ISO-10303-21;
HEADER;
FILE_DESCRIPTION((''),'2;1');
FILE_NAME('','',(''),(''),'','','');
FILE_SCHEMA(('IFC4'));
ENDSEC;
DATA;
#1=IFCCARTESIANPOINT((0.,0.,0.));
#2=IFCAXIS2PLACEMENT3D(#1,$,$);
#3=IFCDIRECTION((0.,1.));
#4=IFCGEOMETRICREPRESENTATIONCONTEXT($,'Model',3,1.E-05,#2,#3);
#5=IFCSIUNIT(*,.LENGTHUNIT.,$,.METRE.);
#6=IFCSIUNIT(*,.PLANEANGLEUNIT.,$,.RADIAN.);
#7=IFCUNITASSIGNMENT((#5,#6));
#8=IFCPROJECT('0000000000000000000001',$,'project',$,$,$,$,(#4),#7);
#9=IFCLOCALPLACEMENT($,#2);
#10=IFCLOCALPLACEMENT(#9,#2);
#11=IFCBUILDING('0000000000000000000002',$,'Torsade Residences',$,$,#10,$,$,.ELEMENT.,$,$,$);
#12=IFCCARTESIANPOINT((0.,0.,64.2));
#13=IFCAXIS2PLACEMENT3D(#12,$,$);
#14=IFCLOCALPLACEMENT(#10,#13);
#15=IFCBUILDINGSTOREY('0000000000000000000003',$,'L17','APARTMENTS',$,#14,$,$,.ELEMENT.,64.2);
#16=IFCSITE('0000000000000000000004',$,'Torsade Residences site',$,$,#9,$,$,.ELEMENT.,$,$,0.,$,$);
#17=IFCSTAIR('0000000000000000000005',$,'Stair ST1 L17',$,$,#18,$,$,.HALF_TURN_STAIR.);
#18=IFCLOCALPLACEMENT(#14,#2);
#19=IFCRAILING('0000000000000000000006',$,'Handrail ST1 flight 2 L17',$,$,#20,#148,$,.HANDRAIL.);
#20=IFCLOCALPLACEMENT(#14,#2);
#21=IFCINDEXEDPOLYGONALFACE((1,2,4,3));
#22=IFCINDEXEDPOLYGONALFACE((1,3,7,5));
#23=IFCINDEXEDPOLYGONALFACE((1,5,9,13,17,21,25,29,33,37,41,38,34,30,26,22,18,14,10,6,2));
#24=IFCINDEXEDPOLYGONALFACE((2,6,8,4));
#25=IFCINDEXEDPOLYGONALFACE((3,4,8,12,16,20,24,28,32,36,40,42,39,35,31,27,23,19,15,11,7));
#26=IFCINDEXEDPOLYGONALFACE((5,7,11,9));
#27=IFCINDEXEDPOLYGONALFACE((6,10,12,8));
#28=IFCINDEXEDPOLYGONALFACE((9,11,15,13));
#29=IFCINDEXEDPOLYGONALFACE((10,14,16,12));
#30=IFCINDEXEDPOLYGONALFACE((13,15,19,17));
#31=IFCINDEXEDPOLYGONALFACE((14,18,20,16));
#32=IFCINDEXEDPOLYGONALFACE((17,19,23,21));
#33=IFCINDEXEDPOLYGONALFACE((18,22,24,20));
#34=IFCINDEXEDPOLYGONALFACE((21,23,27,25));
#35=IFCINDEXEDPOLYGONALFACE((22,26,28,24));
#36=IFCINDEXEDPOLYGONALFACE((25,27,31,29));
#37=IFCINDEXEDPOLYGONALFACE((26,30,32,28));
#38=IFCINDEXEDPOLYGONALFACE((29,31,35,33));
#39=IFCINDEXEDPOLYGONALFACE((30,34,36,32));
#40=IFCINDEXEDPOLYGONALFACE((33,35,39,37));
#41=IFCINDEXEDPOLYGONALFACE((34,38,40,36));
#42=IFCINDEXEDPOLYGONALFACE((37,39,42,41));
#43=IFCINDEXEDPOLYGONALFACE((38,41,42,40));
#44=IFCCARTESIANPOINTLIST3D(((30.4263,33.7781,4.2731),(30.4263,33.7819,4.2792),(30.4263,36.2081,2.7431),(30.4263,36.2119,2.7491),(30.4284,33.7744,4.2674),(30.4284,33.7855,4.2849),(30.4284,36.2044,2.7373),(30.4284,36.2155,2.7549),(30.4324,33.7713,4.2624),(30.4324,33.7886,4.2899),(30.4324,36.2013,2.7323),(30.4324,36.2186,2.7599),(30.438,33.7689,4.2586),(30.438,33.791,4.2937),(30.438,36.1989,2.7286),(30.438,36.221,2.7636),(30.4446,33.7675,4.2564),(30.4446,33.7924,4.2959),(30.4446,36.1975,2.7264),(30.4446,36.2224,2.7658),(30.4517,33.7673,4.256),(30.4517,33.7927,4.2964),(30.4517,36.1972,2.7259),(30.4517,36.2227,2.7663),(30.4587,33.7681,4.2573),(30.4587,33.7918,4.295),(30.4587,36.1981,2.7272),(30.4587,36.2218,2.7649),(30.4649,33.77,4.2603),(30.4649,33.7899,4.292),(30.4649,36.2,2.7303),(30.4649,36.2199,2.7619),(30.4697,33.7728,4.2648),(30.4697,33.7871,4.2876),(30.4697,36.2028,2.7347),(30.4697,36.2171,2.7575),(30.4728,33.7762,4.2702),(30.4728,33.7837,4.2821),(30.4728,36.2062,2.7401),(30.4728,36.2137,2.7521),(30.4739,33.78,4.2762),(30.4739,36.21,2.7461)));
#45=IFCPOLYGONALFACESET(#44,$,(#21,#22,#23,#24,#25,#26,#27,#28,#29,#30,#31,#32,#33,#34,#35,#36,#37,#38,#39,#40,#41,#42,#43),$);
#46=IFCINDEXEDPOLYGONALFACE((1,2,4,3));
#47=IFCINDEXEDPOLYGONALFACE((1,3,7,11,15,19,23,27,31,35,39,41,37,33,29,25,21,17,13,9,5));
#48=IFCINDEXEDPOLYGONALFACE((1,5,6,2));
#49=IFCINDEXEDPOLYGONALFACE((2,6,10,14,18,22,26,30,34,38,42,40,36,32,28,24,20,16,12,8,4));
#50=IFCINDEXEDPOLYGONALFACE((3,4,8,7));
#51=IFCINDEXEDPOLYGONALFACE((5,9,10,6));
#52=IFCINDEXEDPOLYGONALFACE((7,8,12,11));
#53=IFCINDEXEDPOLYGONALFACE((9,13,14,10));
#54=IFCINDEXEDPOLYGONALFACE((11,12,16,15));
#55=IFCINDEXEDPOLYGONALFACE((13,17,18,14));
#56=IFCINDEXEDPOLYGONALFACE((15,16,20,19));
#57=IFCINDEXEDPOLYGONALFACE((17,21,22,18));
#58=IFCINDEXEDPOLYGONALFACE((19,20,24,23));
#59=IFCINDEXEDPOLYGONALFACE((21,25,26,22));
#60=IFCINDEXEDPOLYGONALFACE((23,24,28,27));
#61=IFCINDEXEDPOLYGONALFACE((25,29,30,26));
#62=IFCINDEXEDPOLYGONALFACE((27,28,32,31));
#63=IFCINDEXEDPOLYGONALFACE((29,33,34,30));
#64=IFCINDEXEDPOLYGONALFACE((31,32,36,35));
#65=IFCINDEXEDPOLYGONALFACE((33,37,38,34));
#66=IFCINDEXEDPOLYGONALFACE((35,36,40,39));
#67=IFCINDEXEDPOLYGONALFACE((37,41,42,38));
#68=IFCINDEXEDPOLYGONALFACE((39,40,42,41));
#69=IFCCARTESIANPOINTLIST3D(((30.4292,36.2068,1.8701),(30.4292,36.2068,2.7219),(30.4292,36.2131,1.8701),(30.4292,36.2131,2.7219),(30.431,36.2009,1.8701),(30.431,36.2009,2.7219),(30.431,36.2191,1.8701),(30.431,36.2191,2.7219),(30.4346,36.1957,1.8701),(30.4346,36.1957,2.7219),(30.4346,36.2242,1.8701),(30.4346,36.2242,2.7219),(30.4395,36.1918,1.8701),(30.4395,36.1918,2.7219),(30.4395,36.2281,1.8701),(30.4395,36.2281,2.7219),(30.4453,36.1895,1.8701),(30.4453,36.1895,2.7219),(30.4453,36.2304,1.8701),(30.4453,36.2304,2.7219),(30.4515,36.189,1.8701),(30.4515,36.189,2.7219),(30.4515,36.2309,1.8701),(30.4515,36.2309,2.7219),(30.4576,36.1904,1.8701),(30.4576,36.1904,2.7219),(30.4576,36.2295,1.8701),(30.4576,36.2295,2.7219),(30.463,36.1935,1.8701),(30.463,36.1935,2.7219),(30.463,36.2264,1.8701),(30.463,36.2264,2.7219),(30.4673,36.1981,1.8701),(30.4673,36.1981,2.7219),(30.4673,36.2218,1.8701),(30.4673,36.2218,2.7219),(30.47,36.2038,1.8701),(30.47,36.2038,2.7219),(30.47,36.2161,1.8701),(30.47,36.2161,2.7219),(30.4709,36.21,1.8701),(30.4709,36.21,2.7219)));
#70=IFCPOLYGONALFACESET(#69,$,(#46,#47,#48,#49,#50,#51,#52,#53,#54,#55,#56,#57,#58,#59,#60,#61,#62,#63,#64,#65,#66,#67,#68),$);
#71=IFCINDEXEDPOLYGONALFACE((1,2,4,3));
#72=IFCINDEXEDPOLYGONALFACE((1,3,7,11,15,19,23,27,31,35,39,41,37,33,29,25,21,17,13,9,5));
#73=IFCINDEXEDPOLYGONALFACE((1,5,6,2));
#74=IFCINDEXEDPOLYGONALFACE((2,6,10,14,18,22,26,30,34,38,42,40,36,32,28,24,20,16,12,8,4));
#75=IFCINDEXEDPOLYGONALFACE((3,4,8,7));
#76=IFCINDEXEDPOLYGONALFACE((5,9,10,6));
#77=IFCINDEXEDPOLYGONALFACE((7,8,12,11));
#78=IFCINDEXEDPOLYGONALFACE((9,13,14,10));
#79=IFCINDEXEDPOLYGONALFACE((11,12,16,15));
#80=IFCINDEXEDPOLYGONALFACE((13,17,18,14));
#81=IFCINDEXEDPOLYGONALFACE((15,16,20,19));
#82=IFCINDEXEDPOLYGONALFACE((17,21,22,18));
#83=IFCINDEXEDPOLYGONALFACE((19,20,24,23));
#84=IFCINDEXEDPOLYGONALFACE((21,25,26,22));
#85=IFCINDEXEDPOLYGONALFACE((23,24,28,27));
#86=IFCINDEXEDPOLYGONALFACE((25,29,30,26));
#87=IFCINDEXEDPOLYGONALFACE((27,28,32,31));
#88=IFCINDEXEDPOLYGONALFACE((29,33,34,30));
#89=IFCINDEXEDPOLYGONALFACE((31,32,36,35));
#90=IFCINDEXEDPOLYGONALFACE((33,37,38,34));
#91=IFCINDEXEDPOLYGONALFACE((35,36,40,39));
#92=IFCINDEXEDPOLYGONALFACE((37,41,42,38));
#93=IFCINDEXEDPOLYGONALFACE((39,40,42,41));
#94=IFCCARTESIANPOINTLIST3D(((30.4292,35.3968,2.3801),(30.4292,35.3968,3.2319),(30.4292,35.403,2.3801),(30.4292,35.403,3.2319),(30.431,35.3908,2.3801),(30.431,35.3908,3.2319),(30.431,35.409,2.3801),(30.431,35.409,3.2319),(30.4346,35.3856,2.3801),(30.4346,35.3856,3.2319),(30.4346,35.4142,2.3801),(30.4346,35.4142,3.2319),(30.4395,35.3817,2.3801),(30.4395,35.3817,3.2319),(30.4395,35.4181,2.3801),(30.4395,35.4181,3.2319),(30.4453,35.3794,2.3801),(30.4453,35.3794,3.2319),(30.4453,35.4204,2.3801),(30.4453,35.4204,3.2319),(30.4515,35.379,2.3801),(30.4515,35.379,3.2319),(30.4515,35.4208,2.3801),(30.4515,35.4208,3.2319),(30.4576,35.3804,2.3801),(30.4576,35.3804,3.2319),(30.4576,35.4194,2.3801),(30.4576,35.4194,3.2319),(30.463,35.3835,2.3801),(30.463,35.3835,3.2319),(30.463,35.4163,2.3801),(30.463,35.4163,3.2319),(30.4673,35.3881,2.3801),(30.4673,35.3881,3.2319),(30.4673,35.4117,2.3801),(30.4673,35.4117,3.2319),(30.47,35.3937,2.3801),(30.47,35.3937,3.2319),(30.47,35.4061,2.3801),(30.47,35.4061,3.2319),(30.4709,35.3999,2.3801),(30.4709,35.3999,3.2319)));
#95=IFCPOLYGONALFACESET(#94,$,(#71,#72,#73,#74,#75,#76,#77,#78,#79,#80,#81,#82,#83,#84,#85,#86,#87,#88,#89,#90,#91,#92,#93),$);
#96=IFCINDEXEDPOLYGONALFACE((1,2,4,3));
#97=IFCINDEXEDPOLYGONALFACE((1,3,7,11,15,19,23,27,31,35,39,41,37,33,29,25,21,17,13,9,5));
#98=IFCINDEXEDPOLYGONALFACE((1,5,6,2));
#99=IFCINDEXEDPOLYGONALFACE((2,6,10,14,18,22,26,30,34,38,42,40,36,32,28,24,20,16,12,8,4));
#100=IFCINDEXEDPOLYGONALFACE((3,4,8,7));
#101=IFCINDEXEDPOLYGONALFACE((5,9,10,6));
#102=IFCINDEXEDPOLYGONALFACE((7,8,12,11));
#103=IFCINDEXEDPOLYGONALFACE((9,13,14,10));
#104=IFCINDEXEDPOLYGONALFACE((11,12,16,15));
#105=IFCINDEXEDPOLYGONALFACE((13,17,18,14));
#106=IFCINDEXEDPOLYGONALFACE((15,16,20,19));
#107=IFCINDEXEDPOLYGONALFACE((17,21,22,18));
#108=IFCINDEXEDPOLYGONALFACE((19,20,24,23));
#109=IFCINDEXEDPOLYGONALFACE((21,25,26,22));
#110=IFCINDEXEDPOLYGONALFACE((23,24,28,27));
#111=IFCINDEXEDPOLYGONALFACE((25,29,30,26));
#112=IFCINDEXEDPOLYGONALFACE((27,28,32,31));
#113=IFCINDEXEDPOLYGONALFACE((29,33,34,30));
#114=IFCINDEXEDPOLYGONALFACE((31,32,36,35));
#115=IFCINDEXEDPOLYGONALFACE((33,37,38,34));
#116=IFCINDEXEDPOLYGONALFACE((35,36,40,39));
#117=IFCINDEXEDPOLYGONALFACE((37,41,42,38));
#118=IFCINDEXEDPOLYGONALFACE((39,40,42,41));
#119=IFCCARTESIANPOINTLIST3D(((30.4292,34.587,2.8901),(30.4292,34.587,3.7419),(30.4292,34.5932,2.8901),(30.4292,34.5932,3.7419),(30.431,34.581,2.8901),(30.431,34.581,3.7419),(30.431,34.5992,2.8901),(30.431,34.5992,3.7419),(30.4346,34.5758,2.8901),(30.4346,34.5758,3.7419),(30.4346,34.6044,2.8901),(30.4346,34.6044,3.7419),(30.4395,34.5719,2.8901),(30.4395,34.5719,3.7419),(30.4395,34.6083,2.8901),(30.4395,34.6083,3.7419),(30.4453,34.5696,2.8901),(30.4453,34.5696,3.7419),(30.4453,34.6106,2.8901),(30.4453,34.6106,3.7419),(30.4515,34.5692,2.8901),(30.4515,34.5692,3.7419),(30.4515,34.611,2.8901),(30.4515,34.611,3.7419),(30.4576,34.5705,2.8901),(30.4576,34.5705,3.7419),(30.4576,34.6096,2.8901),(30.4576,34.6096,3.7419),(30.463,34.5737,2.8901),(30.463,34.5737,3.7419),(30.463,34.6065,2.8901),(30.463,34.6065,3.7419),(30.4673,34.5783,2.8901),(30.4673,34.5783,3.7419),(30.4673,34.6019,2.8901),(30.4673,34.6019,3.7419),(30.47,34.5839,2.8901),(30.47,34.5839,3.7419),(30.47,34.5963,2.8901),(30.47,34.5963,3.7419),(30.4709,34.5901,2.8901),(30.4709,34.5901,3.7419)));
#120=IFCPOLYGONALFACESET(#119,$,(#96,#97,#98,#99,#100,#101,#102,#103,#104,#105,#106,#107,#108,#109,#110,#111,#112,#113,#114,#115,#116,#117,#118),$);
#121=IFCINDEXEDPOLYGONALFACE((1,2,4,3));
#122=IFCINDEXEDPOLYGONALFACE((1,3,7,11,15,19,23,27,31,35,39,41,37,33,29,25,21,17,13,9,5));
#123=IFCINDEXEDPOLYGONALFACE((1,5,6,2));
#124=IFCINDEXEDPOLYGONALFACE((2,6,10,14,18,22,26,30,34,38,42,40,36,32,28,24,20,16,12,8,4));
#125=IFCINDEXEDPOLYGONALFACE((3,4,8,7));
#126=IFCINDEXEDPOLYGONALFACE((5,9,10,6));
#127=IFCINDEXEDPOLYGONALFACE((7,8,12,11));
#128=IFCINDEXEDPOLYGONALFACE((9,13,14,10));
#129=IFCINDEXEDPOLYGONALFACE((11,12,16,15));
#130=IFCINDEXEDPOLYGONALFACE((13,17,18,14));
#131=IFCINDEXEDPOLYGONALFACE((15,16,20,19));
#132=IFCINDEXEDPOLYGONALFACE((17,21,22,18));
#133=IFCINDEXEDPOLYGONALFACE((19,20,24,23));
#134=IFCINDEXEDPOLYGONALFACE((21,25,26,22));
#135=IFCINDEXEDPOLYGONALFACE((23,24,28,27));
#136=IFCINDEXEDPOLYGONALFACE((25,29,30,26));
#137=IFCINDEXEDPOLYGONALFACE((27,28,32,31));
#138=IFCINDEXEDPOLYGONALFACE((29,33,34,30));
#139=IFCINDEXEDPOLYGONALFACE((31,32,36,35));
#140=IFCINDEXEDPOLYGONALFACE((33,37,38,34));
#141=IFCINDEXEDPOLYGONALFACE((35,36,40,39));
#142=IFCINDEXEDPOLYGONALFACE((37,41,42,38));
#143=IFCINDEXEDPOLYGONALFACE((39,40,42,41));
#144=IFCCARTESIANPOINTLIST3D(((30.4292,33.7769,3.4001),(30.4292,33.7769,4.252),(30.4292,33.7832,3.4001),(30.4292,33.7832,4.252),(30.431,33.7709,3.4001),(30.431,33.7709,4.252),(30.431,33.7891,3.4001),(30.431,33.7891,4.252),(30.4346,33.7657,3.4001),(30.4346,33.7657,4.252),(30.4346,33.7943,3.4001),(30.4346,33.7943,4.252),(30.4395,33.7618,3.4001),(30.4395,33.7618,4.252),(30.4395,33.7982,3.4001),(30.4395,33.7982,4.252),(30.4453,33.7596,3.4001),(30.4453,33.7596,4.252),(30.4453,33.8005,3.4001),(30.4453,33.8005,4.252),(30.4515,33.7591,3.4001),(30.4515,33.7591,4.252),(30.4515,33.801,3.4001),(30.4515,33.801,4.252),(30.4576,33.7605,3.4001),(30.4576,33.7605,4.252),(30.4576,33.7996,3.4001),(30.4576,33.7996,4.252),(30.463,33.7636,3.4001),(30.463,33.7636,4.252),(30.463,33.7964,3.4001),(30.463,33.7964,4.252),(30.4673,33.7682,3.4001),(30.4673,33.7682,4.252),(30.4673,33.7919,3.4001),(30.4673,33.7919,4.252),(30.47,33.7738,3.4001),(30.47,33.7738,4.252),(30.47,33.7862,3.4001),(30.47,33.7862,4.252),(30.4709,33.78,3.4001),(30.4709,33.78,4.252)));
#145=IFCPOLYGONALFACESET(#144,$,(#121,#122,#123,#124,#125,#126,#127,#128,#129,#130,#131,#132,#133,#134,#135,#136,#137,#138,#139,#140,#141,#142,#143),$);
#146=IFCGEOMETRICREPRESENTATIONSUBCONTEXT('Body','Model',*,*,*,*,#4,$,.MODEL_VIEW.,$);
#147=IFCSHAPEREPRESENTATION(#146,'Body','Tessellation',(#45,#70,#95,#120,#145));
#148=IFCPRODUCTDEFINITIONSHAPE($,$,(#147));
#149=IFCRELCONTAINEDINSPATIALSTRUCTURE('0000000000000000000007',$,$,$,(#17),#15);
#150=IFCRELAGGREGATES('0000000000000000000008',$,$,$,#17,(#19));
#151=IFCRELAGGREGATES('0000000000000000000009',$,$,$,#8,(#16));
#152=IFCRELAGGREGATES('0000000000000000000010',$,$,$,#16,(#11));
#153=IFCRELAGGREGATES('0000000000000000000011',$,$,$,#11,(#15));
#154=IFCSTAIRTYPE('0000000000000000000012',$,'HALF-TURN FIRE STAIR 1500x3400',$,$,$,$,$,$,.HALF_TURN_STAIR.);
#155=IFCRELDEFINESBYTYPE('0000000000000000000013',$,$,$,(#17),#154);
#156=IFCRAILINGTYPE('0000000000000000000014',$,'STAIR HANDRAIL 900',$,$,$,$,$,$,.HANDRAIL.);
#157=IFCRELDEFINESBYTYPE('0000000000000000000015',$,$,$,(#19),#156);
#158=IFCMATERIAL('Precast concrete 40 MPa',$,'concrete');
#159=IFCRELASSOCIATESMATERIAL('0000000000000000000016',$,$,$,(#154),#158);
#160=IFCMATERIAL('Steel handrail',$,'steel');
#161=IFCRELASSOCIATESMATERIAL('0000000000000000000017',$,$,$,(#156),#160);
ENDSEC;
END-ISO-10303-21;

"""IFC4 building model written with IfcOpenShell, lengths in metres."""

from ifc_helpers import new_model, si_unit, direction, frame, origin, origin_2d, place, context, subcontext, project, spatial, circle, extrude, material, type_object, element, aggregate, save


model = new_model("IFC4")

# Units and contexts
model_context = context("Model", 3, precision=1e-05, world=origin(), true_north=direction((0.0, 1.0)))
body_context = subcontext(model_context, "Body", "Model", "MODEL_VIEW")
ifc_project = project(units=[si_unit("LENGTHUNIT", "METRE"), si_unit("PLANEANGLEUNIT", "RADIAN")], contexts=[model_context])

# Site, building, storey
site_placement = place(None, origin())
site = spatial("IfcSite", under=ifc_project, at=site_placement, Name="Torsade Residences site", CompositionType="ELEMENT", RefElevation=0.0)
building_placement = place(site_placement, origin())
building = spatial("IfcBuilding", under=site, at=building_placement, Name="Torsade Residences", CompositionType="ELEMENT")
storey_placement = place(building_placement, frame((0.0, 0.0, 64.2)))
storey = spatial("IfcBuildingStorey", under=building, at=storey_placement, Name="L17", Description="APARTMENTS", CompositionType="ELEMENT", Elevation=64.2)

# Stair, railing
ifc_material_1 = material(Name="Precast concrete 40 MPa", Category="concrete")
stair_type = type_object("IfcStairType", Name="HALF-TURN FIRE STAIR 1500x3400", PredefinedType="HALF_TURN_STAIR", material=ifc_material_1)
stair_placement = place(storey_placement, origin())
stair = element("IfcStair", 1, at=stair_placement, inside=storey, type_object=stair_type, Name="Stair ST1 L17", PredefinedType="HALF_TURN_STAIR")
ifc_material_2 = material(Name="Steel handrail", Category="steel")
railing_type = type_object("IfcRailingType", Name="STAIR HANDRAIL 900", PredefinedType="HANDRAIL", material=ifc_material_2)
railing_1_placement = place(storey_placement, frame((30.45, 36.21, 1.8701)))
railing_1 = element("IfcRailing", 2, at=railing_1_placement, type_object=railing_type, Name="Handrail ST1 flight 2 L17", PredefinedType="HANDRAIL", context=body_context, shape_type="SweptSolid", body=[
    extrude(circle(Radius=0.0239, at=origin_2d()), frame((0.0, 0.0, 0.876), z_axis=(0.0, -0.846221, 0.532831), x_axis=(1.0, 0.0, 0.0)), (0.0, 0.0, 1.0), 2.8716),
    extrude(circle(Radius=0.021, at=origin_2d()), origin(), (0.0, 0.0, 1.0), 0.8518),
    extrude(circle(Radius=0.021, at=origin_2d()), frame((0.0, -0.8101, 0.51)), (0.0, 0.0, 1.0), 0.8518),
    extrude(circle(Radius=0.021, at=origin_2d()), frame((0.0, -1.6199, 1.02)), (0.0, 0.0, 1.0), 0.8518),
    extrude(circle(Radius=0.021, at=origin_2d()), frame((0.0, -2.4299, 1.53)), (0.0, 0.0, 1.0), 0.8518),
])
aggregate(stair, [railing_1])

save(model, "model.ifc")
